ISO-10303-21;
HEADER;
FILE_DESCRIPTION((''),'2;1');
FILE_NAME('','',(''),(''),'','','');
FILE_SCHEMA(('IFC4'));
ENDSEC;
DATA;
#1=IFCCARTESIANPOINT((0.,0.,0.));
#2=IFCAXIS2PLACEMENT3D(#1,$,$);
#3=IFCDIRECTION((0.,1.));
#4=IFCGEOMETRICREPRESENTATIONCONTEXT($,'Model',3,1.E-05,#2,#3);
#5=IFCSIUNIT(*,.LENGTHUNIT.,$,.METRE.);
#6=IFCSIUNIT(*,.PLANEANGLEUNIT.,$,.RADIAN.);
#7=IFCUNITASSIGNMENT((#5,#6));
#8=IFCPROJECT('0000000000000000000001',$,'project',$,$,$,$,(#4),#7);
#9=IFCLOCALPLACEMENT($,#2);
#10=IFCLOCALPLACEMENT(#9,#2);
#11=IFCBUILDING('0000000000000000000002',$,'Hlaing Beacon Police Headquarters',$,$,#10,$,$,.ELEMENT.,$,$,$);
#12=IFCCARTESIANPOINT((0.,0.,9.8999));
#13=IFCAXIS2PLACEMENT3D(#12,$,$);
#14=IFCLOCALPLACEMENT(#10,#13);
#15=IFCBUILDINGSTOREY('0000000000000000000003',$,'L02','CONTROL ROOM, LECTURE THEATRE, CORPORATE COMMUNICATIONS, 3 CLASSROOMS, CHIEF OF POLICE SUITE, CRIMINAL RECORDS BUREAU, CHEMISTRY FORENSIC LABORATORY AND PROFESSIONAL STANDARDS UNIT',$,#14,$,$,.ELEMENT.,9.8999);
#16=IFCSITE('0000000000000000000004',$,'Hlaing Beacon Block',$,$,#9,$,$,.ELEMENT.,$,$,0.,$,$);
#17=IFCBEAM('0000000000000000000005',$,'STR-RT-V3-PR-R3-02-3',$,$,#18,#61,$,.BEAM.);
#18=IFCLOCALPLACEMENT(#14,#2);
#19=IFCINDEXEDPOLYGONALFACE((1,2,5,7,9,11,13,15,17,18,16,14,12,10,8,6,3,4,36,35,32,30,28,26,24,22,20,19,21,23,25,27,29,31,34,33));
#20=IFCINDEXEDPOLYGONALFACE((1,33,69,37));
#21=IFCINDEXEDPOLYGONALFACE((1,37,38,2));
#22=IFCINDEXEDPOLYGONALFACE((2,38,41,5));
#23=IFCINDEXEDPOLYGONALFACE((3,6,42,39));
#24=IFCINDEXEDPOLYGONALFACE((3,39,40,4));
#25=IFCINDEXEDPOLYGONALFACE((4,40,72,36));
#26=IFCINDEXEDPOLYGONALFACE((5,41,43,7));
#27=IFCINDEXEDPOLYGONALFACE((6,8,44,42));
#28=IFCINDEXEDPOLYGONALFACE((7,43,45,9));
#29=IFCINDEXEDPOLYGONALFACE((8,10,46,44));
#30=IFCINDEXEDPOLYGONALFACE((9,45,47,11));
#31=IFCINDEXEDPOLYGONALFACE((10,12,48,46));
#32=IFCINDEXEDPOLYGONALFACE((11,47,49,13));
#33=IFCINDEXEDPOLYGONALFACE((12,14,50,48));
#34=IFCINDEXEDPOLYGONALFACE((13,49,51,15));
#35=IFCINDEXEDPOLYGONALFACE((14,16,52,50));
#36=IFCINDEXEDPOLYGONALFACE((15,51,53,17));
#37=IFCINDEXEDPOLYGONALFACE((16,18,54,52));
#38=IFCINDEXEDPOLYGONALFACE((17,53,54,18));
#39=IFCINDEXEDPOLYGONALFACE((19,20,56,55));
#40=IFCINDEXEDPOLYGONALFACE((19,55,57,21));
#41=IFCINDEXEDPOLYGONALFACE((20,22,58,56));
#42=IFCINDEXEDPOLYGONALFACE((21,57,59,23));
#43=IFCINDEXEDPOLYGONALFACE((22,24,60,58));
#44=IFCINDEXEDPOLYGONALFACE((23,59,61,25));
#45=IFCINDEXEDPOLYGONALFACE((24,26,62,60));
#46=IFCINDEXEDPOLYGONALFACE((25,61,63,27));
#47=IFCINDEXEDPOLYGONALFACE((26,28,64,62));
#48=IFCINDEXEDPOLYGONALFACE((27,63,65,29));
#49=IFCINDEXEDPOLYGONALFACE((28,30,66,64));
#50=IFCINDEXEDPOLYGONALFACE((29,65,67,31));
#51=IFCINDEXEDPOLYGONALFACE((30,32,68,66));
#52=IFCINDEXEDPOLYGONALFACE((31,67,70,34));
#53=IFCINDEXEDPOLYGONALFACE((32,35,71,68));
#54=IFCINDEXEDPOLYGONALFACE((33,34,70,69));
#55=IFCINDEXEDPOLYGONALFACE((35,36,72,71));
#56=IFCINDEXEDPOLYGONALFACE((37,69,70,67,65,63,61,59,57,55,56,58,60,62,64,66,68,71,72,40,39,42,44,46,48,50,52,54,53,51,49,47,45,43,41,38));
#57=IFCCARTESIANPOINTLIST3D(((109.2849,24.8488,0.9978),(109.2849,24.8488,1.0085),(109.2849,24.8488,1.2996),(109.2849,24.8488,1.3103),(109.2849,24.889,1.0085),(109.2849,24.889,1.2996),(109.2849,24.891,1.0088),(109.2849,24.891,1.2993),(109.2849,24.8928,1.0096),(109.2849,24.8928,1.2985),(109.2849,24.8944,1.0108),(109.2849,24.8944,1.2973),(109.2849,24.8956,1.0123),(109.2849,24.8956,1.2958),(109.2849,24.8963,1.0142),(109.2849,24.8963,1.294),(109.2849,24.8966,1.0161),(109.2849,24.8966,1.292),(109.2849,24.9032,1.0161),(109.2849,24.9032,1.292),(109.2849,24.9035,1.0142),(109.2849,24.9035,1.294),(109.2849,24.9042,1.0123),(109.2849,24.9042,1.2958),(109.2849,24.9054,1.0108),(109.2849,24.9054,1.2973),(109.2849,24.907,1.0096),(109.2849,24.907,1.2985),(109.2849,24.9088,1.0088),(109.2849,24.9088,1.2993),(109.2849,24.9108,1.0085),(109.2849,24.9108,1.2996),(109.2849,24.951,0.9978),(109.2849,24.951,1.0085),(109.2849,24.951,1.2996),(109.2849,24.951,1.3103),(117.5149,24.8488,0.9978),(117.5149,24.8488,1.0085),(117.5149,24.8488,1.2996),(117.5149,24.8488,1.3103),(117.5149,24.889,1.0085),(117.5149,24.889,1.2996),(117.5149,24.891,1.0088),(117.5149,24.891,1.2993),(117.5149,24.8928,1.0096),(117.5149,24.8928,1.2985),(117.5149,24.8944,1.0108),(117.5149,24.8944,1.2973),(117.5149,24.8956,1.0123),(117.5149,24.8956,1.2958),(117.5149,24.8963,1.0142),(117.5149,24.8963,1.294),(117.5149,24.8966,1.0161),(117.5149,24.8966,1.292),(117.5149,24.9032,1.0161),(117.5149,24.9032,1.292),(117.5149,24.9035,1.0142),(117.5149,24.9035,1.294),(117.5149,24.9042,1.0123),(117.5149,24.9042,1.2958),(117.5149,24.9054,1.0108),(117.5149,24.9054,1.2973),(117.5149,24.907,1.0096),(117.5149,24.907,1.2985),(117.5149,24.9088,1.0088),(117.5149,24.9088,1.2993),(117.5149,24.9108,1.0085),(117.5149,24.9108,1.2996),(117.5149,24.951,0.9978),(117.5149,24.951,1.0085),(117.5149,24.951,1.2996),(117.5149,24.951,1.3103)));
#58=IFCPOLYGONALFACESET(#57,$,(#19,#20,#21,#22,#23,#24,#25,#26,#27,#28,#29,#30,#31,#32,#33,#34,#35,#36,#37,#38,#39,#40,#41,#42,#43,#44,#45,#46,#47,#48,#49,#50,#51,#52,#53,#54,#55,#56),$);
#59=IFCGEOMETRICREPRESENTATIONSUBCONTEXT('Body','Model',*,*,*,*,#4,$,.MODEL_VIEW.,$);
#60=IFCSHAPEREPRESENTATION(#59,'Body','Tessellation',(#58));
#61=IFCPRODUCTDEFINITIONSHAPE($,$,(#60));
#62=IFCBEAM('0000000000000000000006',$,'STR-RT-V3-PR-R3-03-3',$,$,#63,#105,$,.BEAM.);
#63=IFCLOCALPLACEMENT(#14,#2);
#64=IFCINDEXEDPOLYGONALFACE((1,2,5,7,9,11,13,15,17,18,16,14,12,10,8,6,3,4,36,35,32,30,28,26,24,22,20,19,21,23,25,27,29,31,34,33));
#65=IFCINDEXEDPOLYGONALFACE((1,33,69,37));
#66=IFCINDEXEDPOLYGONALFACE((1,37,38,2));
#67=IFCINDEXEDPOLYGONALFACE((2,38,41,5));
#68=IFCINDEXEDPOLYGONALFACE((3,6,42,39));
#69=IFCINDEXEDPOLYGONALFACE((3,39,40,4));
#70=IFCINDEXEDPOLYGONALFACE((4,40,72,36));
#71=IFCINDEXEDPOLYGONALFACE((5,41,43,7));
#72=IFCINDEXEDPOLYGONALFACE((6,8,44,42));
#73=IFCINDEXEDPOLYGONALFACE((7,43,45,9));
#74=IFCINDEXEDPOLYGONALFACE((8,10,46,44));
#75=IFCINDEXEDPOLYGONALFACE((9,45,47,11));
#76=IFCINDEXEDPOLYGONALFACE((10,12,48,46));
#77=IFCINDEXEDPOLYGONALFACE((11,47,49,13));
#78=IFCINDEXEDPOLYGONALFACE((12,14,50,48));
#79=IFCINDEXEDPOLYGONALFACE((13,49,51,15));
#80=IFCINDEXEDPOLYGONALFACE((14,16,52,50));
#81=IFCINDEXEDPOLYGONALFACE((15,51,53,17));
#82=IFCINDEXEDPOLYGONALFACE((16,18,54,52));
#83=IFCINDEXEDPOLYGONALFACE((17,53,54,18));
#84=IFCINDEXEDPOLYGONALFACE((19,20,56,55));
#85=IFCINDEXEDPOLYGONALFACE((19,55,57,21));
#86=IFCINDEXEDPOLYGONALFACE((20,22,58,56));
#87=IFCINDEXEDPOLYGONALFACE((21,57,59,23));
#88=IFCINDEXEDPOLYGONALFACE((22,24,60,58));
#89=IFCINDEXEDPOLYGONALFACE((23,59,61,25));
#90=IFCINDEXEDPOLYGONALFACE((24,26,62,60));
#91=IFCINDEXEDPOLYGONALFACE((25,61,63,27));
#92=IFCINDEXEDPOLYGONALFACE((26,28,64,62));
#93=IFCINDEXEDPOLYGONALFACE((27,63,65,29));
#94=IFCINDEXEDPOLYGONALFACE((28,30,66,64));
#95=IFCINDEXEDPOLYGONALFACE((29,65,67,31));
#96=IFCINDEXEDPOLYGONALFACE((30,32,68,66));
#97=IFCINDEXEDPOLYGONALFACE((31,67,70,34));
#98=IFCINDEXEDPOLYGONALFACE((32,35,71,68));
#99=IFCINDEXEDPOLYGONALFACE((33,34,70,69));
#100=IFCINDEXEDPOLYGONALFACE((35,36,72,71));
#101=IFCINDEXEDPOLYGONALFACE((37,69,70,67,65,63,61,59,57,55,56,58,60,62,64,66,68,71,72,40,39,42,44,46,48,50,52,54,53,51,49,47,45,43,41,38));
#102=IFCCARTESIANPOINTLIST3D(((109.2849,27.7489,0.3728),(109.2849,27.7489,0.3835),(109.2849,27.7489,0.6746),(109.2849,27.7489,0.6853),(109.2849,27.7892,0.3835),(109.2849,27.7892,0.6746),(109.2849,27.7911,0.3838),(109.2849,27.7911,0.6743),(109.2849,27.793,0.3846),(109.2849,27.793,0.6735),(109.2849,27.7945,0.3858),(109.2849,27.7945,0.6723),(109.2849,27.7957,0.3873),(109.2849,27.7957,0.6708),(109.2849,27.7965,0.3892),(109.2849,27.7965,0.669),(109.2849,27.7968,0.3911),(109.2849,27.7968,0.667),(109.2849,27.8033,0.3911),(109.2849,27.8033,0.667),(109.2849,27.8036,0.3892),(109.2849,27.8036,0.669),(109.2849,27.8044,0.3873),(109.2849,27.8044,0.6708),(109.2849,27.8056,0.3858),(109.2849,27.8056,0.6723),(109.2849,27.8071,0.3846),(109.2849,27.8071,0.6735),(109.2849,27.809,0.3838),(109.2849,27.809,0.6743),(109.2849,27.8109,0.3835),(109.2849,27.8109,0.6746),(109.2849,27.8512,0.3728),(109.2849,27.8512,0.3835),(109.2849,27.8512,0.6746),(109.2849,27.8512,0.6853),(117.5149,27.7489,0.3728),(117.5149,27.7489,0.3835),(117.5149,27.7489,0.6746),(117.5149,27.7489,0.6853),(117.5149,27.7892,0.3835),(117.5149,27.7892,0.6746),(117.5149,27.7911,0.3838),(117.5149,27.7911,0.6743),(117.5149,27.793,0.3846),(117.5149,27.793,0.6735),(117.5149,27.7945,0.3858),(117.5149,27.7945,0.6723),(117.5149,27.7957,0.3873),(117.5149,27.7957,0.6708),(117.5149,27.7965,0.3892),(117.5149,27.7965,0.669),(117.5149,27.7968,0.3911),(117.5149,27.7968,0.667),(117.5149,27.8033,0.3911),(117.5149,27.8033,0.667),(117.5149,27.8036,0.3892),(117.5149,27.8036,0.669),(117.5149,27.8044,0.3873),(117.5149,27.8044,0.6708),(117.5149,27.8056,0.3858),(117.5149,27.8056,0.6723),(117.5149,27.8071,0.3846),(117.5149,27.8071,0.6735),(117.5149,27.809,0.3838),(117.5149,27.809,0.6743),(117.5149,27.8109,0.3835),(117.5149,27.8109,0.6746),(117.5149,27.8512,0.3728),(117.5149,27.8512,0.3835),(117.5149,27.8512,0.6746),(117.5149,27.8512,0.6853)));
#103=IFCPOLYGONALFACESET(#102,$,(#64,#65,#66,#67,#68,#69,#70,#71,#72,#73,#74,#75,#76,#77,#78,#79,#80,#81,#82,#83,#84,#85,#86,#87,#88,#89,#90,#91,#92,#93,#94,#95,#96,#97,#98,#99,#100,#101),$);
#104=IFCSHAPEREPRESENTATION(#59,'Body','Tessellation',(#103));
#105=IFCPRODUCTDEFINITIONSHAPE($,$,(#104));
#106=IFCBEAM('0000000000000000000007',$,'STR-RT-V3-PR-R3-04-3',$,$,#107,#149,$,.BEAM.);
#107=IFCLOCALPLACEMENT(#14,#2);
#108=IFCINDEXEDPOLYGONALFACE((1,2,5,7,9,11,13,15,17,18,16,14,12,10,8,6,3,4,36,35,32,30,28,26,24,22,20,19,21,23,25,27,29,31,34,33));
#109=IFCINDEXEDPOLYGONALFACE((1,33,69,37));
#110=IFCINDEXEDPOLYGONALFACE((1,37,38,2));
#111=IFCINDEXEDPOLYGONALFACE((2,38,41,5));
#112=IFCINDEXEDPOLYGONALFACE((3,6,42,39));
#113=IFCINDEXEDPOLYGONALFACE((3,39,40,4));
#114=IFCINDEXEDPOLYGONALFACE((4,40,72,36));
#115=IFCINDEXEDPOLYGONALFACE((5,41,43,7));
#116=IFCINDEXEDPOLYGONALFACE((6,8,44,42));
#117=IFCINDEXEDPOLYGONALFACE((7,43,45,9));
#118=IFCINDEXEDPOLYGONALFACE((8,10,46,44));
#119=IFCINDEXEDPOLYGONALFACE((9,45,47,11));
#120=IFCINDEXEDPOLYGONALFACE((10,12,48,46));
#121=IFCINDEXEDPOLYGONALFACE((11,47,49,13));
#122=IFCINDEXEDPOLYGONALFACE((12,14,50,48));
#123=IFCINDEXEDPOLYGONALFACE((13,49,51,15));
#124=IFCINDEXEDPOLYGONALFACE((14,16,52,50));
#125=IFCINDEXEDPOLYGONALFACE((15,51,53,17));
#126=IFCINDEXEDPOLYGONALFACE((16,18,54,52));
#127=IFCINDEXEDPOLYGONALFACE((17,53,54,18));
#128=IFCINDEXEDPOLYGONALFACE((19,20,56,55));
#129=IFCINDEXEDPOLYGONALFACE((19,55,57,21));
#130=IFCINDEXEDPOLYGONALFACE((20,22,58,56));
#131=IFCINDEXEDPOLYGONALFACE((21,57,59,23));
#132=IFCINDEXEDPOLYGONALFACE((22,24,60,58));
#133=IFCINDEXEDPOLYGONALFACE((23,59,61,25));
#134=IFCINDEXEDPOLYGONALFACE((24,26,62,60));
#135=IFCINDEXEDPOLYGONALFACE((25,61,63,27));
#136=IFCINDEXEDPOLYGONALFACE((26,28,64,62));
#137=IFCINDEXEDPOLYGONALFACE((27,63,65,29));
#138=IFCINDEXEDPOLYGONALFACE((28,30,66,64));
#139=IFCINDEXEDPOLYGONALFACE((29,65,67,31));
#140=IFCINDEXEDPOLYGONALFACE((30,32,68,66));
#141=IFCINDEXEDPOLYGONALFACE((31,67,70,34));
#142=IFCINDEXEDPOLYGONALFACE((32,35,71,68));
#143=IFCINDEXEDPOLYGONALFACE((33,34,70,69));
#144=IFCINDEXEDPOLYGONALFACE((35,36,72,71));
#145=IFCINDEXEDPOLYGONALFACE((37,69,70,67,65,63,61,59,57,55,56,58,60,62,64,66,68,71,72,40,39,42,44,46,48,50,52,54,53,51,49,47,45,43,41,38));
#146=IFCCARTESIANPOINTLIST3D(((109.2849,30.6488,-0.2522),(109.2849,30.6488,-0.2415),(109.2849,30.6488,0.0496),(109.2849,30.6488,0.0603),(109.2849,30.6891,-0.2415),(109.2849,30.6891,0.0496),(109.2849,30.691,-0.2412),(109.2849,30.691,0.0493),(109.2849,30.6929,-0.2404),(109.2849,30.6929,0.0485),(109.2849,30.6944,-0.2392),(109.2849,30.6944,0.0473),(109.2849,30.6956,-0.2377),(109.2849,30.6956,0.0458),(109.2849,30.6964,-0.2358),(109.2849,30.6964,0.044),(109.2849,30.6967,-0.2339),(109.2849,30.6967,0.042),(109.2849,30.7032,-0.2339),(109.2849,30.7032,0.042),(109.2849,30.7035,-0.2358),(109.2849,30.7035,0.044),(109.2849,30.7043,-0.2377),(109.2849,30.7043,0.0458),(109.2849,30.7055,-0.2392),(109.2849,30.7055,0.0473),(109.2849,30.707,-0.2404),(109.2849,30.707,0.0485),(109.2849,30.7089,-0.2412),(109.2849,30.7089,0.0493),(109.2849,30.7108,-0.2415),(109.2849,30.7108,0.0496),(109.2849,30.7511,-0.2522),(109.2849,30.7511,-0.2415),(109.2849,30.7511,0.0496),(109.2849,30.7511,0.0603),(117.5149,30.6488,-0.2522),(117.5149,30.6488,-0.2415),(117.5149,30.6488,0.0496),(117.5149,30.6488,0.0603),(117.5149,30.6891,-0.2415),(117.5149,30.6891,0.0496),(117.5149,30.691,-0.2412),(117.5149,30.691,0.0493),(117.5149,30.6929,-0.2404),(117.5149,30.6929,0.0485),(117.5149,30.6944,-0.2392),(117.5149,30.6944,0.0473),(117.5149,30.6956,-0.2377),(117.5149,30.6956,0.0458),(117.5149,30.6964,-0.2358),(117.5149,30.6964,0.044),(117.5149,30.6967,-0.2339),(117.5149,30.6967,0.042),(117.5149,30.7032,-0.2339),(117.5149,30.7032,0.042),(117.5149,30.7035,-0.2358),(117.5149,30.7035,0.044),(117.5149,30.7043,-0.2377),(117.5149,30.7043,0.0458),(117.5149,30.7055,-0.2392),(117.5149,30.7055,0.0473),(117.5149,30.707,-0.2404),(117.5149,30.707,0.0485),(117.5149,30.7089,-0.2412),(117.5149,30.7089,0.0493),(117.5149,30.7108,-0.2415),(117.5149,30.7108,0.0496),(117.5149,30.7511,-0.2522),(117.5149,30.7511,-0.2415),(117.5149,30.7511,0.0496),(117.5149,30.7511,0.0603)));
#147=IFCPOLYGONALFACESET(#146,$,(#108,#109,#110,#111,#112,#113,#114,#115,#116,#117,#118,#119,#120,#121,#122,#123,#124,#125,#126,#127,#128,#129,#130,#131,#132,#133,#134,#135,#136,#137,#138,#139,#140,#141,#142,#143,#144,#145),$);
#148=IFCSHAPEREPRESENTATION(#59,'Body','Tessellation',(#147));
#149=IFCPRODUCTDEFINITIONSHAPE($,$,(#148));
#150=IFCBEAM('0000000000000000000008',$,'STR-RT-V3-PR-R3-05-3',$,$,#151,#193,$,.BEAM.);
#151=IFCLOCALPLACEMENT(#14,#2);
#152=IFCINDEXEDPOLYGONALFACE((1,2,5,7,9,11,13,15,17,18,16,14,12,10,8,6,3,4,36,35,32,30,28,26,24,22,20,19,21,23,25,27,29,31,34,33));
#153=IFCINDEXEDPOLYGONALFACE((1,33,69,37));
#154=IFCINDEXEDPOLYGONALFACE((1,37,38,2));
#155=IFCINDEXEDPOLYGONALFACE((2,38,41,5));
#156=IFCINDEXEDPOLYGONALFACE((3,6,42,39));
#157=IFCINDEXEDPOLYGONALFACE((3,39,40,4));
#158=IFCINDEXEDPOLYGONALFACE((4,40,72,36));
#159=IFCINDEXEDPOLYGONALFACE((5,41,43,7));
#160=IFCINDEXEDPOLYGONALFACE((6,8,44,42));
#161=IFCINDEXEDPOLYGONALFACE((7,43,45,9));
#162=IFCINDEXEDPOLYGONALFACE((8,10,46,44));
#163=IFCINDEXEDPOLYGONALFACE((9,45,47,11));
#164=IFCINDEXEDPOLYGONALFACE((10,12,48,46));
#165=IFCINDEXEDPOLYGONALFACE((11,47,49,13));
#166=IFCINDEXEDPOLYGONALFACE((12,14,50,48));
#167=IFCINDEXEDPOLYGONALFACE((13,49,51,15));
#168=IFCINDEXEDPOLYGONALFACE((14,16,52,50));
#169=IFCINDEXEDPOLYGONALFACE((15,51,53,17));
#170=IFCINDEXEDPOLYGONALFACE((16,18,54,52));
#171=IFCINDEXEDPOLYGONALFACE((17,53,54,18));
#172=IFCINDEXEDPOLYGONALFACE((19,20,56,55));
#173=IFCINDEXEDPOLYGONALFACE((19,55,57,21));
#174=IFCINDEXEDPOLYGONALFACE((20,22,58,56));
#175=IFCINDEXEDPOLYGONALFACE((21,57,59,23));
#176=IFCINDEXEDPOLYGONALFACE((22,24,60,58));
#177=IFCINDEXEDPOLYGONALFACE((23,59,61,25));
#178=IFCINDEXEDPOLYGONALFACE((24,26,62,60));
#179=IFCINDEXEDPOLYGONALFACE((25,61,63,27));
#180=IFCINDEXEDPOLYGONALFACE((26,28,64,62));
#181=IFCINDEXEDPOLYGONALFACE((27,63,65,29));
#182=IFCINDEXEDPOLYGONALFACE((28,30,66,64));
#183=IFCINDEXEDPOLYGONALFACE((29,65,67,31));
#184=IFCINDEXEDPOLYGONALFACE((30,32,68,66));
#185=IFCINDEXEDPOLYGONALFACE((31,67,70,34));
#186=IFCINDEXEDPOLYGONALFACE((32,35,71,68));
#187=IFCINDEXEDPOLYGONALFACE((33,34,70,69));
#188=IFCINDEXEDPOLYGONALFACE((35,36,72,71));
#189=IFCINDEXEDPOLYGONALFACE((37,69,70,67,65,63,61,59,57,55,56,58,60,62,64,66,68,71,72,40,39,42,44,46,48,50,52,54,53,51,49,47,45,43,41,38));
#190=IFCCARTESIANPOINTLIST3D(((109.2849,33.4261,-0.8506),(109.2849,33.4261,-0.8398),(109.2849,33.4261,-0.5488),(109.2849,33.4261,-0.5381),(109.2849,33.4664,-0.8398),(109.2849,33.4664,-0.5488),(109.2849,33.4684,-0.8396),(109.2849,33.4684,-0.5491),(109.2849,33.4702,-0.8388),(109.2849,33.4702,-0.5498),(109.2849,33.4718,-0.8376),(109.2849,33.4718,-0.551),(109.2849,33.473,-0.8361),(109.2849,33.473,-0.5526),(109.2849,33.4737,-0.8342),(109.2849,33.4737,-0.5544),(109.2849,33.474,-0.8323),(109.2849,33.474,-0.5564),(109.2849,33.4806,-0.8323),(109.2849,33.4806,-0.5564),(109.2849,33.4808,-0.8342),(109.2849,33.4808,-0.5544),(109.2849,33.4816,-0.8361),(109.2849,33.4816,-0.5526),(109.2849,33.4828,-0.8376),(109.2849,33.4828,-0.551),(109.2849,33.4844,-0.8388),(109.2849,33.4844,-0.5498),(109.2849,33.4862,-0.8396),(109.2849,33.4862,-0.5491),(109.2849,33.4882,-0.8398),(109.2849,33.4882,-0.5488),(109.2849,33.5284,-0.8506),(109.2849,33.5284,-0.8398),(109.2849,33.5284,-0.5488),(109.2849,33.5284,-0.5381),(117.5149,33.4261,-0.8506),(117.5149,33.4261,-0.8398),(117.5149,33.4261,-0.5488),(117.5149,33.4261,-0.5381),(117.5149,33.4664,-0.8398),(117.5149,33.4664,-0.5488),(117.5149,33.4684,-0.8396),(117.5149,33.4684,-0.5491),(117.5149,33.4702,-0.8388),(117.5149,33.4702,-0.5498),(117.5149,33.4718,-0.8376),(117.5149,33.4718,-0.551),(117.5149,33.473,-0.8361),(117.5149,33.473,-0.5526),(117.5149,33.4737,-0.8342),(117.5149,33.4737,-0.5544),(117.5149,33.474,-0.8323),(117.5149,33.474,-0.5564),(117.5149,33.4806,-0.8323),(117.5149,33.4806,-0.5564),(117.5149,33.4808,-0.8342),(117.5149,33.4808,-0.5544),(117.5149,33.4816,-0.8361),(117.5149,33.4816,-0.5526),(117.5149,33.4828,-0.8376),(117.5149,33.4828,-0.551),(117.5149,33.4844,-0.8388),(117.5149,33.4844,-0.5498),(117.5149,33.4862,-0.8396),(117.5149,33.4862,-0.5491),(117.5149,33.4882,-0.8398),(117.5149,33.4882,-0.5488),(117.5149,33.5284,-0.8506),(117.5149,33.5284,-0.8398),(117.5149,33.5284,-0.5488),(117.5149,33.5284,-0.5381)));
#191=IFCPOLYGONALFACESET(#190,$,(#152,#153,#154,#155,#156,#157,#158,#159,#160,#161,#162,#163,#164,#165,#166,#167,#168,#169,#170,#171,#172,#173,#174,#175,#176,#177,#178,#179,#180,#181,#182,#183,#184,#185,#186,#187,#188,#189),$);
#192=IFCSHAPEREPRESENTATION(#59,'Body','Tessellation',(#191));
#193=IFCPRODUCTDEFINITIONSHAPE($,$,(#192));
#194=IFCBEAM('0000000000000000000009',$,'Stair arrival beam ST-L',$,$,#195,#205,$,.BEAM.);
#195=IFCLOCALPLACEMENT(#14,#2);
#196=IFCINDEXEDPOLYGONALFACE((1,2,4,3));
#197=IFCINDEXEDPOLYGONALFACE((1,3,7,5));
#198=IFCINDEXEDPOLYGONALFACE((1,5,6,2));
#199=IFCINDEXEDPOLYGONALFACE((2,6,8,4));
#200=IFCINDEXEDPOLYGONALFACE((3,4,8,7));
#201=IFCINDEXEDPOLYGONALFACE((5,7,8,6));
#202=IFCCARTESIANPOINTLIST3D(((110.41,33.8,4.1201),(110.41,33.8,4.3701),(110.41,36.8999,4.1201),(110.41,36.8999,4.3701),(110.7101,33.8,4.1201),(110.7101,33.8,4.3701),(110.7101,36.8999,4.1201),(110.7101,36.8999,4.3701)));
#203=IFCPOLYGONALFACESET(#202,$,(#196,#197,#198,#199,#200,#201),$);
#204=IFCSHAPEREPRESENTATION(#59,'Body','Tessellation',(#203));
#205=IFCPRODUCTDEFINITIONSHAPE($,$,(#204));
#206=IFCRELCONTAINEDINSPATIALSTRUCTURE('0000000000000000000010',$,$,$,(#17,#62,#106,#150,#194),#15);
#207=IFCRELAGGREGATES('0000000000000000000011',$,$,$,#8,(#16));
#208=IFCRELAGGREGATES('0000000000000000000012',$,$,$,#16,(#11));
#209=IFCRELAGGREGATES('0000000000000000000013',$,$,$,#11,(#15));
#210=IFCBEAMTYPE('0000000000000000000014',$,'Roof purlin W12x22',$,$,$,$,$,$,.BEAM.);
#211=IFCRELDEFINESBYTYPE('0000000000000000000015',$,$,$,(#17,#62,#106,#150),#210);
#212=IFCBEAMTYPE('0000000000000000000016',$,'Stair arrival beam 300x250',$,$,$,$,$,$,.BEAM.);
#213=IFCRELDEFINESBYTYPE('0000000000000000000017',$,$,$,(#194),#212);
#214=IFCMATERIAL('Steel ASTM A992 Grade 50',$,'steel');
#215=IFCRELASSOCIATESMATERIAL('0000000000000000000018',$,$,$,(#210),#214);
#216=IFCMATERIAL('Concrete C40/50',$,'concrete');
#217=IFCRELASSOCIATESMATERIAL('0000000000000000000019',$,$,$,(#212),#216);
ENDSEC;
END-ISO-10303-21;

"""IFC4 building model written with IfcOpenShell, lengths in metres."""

from ifc_helpers import new_model, si_unit, direction, frame, origin, origin_2d, place, context, subcontext, project, spatial, rectangle, i_section, extrude, material, material_profile, profile_set, type_object, element, save


model = new_model("IFC4")

# Units and contexts
model_context = context("Model", 3, precision=1e-05, world=origin(), true_north=direction((0.0, 1.0)))
body_context = subcontext(model_context, "Body", "Model", "MODEL_VIEW")
ifc_project = project(units=[si_unit("LENGTHUNIT", "METRE"), si_unit("PLANEANGLEUNIT", "RADIAN")], contexts=[model_context])

# Site, building, storey
site_placement = place(None, origin())
site = spatial("IfcSite", under=ifc_project, at=site_placement, Name="Hlaing Beacon Block", CompositionType="ELEMENT", RefElevation=0.0)
building_placement = place(site_placement, origin())
building = spatial("IfcBuilding", under=site, at=building_placement, Name="Hlaing Beacon Police Headquarters", CompositionType="ELEMENT")
storey_placement = place(building_placement, frame((0.0, 0.0, 9.8999)))
storey = spatial("IfcBuildingStorey", under=building, at=storey_placement, Name="L02", Description="CONTROL ROOM, LECTURE THEATRE, CORPORATE COMMUNICATIONS, 3 CLASSROOMS, CHIEF OF POLICE SUITE, CRIMINAL RECORDS BUREAU, CHEMISTRY FORENSIC LABORATORY AND PROFESSIONAL STANDARDS UNIT", CompositionType="ELEMENT", Elevation=9.8999)

# Beams
ifc_material_1 = material(Name="Steel ASTM A992 Grade 50", Category="steel")
ifc_material_profile_1 = material_profile(ifc_material_1, i_section(OverallWidth=0.1023, OverallDepth=0.3125, WebThickness=0.0066, FlangeThickness=0.0107, FilletRadius=0.0076, at=origin_2d()), Name="W12x22")
ifc_profile_set_1 = profile_set([ifc_material_profile_1], Name="Steel ASTM A992 Grade 50")
beam_type_1 = type_object("IfcBeamType", Name="Roof purlin W12x22", PredefinedType="BEAM", material=ifc_profile_set_1)
for number, where, z_axis, x_axis, name in (
    (1, (109.2849, 24.8999, 1.1541), (1.0, 0.0, 0.0), (0.0, 1.0, 0.0), "STR-RT-V3-PR-R3-02-3"),
    (2, (109.2849, 27.8, 0.5291), (1.0, 0.0, 0.0), (0.0, 1.0, 0.0), "STR-RT-V3-PR-R3-03-3"),
    (3, (109.2849, 30.7, -0.0959), (1.0, 0.0, 0.0), (0.0, 1.0, 0.0), "STR-RT-V3-PR-R3-04-3"),
    (4, (109.2849, 33.4773, -0.6943), (1.0, 0.0, 0.0), (0.0, 1.0, 0.0), "STR-RT-V3-PR-R3-05-3"),
):
    element("IfcBeam", number, at=place(storey_placement, frame(where, z_axis=z_axis, x_axis=x_axis)), inside=storey, type_object=beam_type_1, Name=name, PredefinedType="BEAM", context=body_context, shape_type="SweptSolid", body=[
        extrude(i_section(OverallWidth=0.1023, OverallDepth=0.3125, WebThickness=0.0066, FlangeThickness=0.0107, FilletRadius=0.0076, at=origin_2d()), origin(), (0.0, 0.0, 1.0), 8.23),
    ])
ifc_material_2 = material(Name="Concrete C40/50", Category="concrete")
ifc_material_profile_2 = material_profile(ifc_material_2, rectangle(XDim=0.3, YDim=0.25, at=origin_2d()), Name="Stair arrival beam 300x250")
ifc_profile_set_2 = profile_set([ifc_material_profile_2], Name="Concrete C40/50")
beam_type_2 = type_object("IfcBeamType", Name="Stair arrival beam 300x250", PredefinedType="BEAM", material=ifc_profile_set_2)
beam_1_placement = place(storey_placement, frame((110.5601, 33.8, 4.2451), z_axis=(0.0, 1.0, 0.0), x_axis=(-1.0, 0.0, 0.0)))
element("IfcBeam", 5, at=beam_1_placement, inside=storey, type_object=beam_type_2, Name="Stair arrival beam ST-L", PredefinedType="BEAM", context=body_context, shape_type="SweptSolid", body=[
    extrude(rectangle(XDim=0.3, YDim=0.25, at=origin_2d()), origin(), (0.0, 0.0, 1.0), 3.0999),
])

save(model, "model.ifc")
